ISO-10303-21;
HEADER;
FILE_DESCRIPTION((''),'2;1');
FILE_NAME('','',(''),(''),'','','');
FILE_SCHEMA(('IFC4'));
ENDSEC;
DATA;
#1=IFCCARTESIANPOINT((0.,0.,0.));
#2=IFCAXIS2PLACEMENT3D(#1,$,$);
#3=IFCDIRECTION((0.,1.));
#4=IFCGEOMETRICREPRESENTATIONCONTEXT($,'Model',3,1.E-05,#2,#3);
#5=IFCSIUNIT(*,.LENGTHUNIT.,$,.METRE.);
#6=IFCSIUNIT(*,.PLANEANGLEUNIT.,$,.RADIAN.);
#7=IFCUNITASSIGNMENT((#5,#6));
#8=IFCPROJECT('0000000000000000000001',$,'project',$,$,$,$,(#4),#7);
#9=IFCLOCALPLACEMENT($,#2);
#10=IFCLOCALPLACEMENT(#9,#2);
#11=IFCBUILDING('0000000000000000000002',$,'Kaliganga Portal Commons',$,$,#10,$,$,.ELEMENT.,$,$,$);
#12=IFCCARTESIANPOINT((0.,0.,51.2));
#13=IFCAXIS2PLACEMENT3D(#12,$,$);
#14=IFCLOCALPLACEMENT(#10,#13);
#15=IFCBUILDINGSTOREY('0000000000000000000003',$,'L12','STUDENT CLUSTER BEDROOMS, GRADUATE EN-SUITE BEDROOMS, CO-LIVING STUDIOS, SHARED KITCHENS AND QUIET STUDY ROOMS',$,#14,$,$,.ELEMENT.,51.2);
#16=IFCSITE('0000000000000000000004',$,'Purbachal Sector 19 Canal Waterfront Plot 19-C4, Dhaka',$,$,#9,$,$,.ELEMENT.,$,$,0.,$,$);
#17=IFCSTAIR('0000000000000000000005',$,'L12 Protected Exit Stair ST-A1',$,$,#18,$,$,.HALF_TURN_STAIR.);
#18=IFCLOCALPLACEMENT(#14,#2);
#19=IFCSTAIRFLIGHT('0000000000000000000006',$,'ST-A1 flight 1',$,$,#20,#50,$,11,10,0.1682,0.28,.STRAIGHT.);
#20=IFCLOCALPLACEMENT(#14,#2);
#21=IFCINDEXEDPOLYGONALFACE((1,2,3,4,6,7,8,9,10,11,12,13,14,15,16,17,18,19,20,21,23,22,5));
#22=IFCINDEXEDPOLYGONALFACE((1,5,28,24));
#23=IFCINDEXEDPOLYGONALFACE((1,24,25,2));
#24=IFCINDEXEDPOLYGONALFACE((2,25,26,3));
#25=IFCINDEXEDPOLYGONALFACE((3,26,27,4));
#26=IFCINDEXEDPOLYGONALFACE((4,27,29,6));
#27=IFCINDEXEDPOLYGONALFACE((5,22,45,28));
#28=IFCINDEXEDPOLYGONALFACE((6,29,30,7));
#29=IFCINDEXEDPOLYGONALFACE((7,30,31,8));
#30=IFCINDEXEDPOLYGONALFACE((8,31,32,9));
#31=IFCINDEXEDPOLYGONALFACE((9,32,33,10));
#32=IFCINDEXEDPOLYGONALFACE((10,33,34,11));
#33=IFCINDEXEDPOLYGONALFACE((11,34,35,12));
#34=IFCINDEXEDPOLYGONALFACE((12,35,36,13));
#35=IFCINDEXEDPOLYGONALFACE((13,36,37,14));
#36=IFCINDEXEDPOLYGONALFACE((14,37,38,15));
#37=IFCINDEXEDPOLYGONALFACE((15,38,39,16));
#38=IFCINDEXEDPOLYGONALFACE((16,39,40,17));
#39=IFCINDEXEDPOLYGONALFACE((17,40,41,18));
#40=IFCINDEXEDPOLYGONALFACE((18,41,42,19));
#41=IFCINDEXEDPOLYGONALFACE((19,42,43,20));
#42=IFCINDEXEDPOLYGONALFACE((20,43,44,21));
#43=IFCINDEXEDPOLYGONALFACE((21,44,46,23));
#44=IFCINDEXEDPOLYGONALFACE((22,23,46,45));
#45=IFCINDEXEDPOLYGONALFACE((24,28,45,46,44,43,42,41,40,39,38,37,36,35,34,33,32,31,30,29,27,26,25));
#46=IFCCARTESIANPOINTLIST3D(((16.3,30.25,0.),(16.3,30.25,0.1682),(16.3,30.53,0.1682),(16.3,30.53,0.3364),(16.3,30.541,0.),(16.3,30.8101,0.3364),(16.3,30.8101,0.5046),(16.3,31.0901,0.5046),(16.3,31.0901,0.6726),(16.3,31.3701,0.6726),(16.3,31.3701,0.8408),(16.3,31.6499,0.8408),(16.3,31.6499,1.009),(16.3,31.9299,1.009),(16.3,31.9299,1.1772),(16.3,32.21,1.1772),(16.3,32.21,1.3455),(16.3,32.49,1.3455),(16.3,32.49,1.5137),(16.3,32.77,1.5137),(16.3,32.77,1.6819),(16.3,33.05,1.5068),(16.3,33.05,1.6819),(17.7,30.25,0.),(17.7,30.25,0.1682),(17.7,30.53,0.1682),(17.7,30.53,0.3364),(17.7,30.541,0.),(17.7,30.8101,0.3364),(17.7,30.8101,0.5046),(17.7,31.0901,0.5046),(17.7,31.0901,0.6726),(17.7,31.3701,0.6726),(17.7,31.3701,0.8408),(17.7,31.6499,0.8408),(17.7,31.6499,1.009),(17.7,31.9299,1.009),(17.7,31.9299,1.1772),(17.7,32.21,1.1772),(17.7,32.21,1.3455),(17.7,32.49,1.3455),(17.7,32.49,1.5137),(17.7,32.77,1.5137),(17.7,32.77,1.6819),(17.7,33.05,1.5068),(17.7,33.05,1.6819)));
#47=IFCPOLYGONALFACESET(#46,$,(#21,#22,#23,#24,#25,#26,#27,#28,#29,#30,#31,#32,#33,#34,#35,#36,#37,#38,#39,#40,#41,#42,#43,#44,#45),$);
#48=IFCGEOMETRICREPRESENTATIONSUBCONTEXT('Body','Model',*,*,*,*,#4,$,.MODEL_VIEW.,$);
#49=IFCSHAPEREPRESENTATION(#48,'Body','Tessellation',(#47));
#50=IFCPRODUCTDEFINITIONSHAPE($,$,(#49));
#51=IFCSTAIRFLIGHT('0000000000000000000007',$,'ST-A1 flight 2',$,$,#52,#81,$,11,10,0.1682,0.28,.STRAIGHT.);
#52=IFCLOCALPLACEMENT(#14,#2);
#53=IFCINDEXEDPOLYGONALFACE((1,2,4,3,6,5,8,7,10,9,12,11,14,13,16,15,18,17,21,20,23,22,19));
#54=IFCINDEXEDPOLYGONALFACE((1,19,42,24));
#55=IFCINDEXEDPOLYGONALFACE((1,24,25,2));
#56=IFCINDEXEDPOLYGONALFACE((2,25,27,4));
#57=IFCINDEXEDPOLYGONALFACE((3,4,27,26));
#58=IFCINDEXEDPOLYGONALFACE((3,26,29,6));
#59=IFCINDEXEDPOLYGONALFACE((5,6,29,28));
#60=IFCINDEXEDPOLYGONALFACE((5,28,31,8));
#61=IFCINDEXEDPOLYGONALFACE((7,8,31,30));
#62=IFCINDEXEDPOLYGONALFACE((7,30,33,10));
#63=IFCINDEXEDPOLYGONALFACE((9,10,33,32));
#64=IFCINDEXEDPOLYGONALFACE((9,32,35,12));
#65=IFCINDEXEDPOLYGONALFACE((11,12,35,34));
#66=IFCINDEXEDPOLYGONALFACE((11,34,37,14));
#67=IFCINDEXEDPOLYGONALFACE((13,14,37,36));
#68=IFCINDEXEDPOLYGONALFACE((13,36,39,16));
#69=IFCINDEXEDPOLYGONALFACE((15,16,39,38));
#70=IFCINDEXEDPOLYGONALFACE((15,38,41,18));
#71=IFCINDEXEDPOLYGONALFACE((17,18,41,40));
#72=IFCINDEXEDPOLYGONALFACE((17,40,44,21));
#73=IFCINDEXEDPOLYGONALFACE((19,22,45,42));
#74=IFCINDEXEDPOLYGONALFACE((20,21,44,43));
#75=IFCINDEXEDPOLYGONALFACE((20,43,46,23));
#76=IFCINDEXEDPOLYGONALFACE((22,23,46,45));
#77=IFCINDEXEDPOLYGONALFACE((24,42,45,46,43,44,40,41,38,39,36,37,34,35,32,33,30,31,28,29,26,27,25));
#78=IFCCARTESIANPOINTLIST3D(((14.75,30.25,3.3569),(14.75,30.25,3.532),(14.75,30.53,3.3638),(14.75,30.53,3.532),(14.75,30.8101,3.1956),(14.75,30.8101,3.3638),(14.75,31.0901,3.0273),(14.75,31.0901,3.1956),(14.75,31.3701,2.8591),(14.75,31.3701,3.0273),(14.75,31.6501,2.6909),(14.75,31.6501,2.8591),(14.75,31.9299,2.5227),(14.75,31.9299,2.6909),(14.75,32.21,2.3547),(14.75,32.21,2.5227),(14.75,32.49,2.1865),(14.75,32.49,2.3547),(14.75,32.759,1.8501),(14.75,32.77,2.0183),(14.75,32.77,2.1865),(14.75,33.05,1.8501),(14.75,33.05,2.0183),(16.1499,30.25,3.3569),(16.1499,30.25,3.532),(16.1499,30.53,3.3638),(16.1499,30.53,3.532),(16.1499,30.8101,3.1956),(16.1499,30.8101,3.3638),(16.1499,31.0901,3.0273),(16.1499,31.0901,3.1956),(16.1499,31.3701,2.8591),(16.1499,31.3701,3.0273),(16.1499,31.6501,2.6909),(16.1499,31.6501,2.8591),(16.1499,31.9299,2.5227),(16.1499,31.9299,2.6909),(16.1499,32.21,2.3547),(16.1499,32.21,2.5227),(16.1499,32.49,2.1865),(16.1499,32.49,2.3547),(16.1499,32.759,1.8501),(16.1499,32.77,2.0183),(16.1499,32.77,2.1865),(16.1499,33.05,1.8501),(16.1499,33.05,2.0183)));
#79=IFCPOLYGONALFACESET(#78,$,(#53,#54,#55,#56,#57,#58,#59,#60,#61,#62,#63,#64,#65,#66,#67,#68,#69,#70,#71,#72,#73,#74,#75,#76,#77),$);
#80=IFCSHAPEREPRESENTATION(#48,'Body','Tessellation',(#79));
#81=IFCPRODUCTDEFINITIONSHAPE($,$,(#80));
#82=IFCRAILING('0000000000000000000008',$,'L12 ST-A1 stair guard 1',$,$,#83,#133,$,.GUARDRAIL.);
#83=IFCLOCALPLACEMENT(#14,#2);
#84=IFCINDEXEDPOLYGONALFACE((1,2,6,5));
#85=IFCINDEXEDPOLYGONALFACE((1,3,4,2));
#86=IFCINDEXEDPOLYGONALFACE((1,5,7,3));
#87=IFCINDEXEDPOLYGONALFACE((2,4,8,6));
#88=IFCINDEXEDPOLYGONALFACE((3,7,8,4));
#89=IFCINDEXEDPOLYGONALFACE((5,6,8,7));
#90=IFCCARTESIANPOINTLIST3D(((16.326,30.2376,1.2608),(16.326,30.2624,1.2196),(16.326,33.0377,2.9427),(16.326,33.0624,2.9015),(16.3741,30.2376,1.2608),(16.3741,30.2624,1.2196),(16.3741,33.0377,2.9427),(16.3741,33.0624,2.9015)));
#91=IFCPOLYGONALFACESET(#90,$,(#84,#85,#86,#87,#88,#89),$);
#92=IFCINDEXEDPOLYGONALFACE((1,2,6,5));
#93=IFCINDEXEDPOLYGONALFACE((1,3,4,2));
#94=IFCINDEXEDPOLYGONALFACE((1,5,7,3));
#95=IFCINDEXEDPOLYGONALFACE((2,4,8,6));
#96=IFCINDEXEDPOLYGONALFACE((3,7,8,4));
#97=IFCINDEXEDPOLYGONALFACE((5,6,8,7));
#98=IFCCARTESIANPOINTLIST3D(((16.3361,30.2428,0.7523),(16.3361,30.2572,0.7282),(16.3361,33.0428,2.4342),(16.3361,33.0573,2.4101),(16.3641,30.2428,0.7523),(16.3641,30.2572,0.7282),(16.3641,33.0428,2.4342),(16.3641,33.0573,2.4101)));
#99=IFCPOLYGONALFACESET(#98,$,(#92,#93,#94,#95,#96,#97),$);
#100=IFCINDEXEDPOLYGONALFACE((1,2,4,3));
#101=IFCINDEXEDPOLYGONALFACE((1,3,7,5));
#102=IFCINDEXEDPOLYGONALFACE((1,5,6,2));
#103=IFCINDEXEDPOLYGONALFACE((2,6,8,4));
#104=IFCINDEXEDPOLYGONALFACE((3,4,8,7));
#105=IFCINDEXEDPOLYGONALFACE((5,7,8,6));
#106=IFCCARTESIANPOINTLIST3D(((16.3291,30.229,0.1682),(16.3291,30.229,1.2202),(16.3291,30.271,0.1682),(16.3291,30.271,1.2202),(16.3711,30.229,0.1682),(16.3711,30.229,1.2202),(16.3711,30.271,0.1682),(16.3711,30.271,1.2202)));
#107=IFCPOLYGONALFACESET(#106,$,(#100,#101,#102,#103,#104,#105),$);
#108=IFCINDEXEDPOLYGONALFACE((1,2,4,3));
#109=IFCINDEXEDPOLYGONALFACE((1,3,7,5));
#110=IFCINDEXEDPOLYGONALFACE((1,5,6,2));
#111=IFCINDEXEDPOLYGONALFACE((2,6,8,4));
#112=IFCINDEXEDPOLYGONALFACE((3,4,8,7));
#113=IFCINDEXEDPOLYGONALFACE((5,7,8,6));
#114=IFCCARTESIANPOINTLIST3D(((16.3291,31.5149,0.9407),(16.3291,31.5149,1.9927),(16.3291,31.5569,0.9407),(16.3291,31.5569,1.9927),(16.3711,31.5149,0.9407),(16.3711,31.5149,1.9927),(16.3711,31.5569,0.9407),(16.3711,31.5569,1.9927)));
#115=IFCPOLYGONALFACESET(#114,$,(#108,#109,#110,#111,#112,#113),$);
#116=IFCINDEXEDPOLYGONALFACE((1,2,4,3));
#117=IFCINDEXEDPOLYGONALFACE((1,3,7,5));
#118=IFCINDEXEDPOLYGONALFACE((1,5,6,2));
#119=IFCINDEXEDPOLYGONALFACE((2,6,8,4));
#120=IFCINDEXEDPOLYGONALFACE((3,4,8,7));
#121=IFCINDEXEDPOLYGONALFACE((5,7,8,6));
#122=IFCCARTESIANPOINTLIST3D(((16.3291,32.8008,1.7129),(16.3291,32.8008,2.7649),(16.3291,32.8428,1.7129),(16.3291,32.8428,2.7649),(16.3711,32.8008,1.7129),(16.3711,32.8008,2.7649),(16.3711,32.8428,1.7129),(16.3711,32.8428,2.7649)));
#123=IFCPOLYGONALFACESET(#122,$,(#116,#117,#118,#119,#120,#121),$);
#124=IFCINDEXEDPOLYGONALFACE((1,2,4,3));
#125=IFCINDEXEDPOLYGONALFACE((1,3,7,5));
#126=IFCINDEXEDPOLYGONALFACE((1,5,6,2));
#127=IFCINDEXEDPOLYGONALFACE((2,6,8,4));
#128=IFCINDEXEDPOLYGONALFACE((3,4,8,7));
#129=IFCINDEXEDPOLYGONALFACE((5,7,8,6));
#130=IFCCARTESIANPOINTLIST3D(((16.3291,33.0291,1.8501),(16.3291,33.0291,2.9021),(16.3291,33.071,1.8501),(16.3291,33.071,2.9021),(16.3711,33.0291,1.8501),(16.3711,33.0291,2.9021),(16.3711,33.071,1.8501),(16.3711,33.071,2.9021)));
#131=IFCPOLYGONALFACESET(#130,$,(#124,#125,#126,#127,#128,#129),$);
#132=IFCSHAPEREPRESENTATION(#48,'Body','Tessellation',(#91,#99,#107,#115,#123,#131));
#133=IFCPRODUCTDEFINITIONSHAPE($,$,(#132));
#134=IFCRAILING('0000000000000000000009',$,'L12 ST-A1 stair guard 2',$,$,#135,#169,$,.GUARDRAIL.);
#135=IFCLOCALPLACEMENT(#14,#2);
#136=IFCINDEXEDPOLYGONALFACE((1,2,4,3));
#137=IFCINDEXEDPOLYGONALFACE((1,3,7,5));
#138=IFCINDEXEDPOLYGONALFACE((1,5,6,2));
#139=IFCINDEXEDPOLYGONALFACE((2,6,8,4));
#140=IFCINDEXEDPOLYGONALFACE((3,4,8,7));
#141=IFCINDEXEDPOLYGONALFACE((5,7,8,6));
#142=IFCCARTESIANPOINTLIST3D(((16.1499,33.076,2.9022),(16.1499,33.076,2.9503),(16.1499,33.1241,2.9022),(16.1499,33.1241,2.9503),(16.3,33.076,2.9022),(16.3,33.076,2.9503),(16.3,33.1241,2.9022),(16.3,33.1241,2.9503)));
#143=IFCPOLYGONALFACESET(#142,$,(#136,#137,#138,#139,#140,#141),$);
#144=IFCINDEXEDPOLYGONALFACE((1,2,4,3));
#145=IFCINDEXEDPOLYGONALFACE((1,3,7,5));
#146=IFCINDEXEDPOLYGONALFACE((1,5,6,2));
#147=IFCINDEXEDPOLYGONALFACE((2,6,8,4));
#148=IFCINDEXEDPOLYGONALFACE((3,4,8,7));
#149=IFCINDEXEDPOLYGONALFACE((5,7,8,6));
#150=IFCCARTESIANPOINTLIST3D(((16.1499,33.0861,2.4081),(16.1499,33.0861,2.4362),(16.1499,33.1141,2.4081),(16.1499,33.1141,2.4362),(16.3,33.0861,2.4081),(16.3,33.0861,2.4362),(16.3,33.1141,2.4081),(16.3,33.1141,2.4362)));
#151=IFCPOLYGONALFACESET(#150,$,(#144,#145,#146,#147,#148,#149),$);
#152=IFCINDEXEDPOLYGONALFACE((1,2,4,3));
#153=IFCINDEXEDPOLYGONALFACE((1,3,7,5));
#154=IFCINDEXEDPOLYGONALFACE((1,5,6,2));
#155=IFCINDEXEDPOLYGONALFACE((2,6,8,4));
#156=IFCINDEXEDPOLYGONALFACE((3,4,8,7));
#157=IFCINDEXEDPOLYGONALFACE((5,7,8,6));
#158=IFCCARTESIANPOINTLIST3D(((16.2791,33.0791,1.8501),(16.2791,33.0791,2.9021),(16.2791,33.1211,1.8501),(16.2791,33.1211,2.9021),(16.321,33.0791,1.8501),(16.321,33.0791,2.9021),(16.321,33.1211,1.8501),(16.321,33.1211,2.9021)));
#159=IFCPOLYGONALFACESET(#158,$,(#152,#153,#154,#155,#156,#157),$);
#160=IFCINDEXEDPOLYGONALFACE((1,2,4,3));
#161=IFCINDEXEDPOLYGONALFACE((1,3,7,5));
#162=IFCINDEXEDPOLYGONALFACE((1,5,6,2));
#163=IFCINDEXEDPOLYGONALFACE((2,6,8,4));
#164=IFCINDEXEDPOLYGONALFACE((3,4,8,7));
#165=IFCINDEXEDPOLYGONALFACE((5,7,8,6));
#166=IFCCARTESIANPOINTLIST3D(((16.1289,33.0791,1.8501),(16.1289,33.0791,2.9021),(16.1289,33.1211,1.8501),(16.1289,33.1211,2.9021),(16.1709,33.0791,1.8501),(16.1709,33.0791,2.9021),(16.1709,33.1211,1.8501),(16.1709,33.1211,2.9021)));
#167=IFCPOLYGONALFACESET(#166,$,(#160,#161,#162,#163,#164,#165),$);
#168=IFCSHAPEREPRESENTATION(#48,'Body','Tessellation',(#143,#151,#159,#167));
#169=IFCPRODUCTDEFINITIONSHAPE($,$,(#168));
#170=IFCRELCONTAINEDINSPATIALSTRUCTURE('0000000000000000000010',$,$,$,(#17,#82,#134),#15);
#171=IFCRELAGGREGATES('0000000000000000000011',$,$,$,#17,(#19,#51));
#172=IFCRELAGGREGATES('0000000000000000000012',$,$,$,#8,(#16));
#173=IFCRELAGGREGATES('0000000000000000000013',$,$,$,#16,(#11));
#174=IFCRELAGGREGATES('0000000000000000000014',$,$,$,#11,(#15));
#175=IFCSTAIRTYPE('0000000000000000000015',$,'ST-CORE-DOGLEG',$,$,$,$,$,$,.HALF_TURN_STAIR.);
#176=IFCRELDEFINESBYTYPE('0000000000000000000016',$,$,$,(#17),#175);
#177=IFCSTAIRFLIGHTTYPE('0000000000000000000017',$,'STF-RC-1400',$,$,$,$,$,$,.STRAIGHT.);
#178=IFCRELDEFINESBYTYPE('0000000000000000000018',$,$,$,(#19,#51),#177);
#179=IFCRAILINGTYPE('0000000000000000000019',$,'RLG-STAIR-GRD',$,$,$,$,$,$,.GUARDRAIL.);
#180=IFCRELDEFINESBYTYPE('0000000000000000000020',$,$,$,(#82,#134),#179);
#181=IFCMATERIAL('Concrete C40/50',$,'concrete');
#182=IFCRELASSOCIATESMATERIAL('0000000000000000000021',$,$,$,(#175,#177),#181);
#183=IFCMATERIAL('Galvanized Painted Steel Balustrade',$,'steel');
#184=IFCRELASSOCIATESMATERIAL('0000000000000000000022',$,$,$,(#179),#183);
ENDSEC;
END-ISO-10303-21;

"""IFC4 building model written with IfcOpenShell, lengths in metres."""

from ifc_helpers import new_model, si_unit, direction, frame, origin, origin_2d, place, context, subcontext, project, spatial, polyline, rectangle, outline, extrude, material, type_object, element, aggregate, save


model = new_model("IFC4")

# Units and contexts
model_context = context("Model", 3, precision=1e-05, world=origin(), true_north=direction((0.0, 1.0)))
body_context = subcontext(model_context, "Body", "Model", "MODEL_VIEW")
ifc_project = project(units=[si_unit("LENGTHUNIT", "METRE"), si_unit("PLANEANGLEUNIT", "RADIAN")], contexts=[model_context])

# Site, building, storey
site_placement = place(None, origin())
site = spatial("IfcSite", under=ifc_project, at=site_placement, Name="Purbachal Sector 19 Canal Waterfront Plot 19-C4, Dhaka", CompositionType="ELEMENT", RefElevation=0.0)
building_placement = place(site_placement, origin())
building = spatial("IfcBuilding", under=site, at=building_placement, Name="Kaliganga Portal Commons", CompositionType="ELEMENT")
storey_placement = place(building_placement, frame((0.0, 0.0, 51.2)))
storey = spatial("IfcBuildingStorey", under=building, at=storey_placement, Name="L12", Description="STUDENT CLUSTER BEDROOMS, GRADUATE EN-SUITE BEDROOMS, CO-LIVING STUDIOS, SHARED KITCHENS AND QUIET STUDY ROOMS", CompositionType="ELEMENT", Elevation=51.2)

# Stair, stair flights
ifc_material_1 = material(Name="Concrete C40/50", Category="concrete")
stair_type = type_object("IfcStairType", Name="ST-CORE-DOGLEG", PredefinedType="HALF_TURN_STAIR", material=ifc_material_1)
stair_placement = place(storey_placement, origin())
stair = element("IfcStair", 1, at=stair_placement, inside=storey, type_object=stair_type, Name="L12 Protected Exit Stair ST-A1", PredefinedType="HALF_TURN_STAIR")
stair_flight_type = type_object("IfcStairFlightType", Name="STF-RC-1400", PredefinedType="STRAIGHT", material=ifc_material_1)
stair_flight_1_placement = place(storey_placement, frame((17.0, 30.25, 0.0), z_axis=(0.0, 0.0, 1.0), x_axis=(0.0, 1.0, 0.0)))
stair_flight_1 = element("IfcStairFlight", 2, at=stair_flight_1_placement, type_object=stair_flight_type, Name="ST-A1 flight 1", NumberOfRisers=11, NumberOfTreads=10, PredefinedType="STRAIGHT", RiserHeight=0.1682, TreadLength=0.28, context=body_context, shape_type="SweptSolid", body=[
    extrude(outline(polyline([(0.0, 0.0), (0.0, 0.1682), (0.28, 0.1682), (0.28, 0.3364), (0.5601, 0.3364), (0.5601, 0.5046), (0.8401, 0.5046), (0.8401, 0.6726), (1.1201, 0.6726), (1.1201, 0.8408), (1.3999, 0.8408), (1.3999, 1.009), (1.6799, 1.009), (1.6799, 1.1772), (1.96, 1.1772), (1.96, 1.3455), (2.24, 1.3455), (2.24, 1.5137), (2.52, 1.5137), (2.52, 1.6819), (2.8, 1.6819), (2.8, 1.8501), (2.8, 1.5068), (0.291, 0.0), (0.0, 0.0)])), frame((0.0, 0.7, 0.0), z_axis=(0.0, -1.0, 0.0), x_axis=(1.0, 0.0, 0.0)), (0.0, 0.0, 1.0), 1.3999),
])
stair_flight_2_placement = place(storey_placement, frame((15.45, 33.05, 1.8501), z_axis=(0.0, 0.0, 1.0), x_axis=(0.0, -1.0, 0.0)))
stair_flight_2 = element("IfcStairFlight", 3, at=stair_flight_2_placement, type_object=stair_flight_type, Name="ST-A1 flight 2", NumberOfRisers=11, NumberOfTreads=10, PredefinedType="STRAIGHT", RiserHeight=0.1682, TreadLength=0.28, context=body_context, shape_type="SweptSolid", body=[
    extrude(outline(polyline([(0.0, 0.0), (0.0, 0.1682), (0.28, 0.1682), (0.28, 0.3364), (0.5601, 0.3364), (0.5601, 0.5046), (0.8401, 0.5046), (0.8401, 0.6726), (1.1201, 0.6726), (1.1201, 0.8408), (1.3999, 0.8408), (1.3999, 1.009), (1.6799, 1.009), (1.6799, 1.1772), (1.96, 1.1772), (1.96, 1.3455), (2.24, 1.3455), (2.24, 1.5137), (2.52, 1.5137), (2.52, 1.6819), (2.8, 1.6819), (2.8, 1.8501), (2.8, 1.5068), (0.291, 0.0), (0.0, 0.0)])), frame((0.0, 0.7, 0.0), z_axis=(0.0, -1.0, 0.0), x_axis=(1.0, 0.0, 0.0)), (0.0, 0.0, 1.0), 1.3999),
])
aggregate(stair, [stair_flight_1, stair_flight_2])

# Railings
ifc_material_2 = material(Name="Galvanized Painted Steel Balustrade", Category="steel")
railing_type_1 = type_object("IfcRailingType", Name="RLG-STAIR-GRD", PredefinedType="GUARDRAIL", material=ifc_material_2)
railing_1_placement = place(storey_placement, frame((16.3501, 30.25, 0.1682)))
element("IfcRailing", 4, at=railing_1_placement, inside=storey, type_object=railing_type_1, Name="L12 ST-A1 stair guard 1", PredefinedType="GUARDRAIL", context=body_context, shape_type="SweptSolid", body=[
    extrude(rectangle(XDim=0.0481, YDim=0.0481, at=origin_2d()), frame((0.0, 0.0, 1.072), z_axis=(0.0, 0.857242, 0.514913), x_axis=(-1.0, 0.0, 0.0)), (0.0, 0.0, 1.0), 3.2664),
    extrude(rectangle(XDim=0.0281, YDim=0.0281, at=origin_2d()), frame((0.0, 0.0, 0.572), z_axis=(0.0, 0.857242, 0.514913), x_axis=(-1.0, 0.0, 0.0)), (0.0, 0.0, 1.0), 3.2664),
    extrude(rectangle(XDim=0.042, YDim=0.042, at=origin_2d()), origin(), (0.0, 0.0, 1.0), 1.052),
    extrude(rectangle(XDim=0.042, YDim=0.042, at=origin_2d()), frame((0.0, 1.2859, 0.7725)), (0.0, 0.0, 1.0), 1.052),
    extrude(rectangle(XDim=0.042, YDim=0.042, at=origin_2d()), frame((0.0, 2.5718, 1.5447)), (0.0, 0.0, 1.0), 1.052),
    extrude(rectangle(XDim=0.042, YDim=0.042, at=origin_2d()), frame((0.0, 2.8, 1.6819)), (0.0, 0.0, 1.0), 1.052),
])
railing_2_placement = place(storey_placement, frame((16.3, 33.1001, 1.8501)))
element("IfcRailing", 5, at=railing_2_placement, inside=storey, type_object=railing_type_1, Name="L12 ST-A1 stair guard 2", PredefinedType="GUARDRAIL", context=body_context, shape_type="SweptSolid", body=[
    extrude(rectangle(XDim=0.0481, YDim=0.0481, at=origin_2d()), frame((0.0, 0.0, 1.0762), z_axis=(-1.0, 0.0, 0.0), x_axis=(0.0, -1.0, 0.0)), (0.0, 0.0, 1.0), 0.1501),
    extrude(rectangle(XDim=0.0281, YDim=0.0281, at=origin_2d()), frame((0.0, 0.0, 0.572), z_axis=(-1.0, 0.0, 0.0), x_axis=(0.0, -1.0, 0.0)), (0.0, 0.0, 1.0), 0.1501),
    extrude(rectangle(XDim=0.042, YDim=0.042, at=origin_2d()), origin(), (0.0, 0.0, 1.0), 1.052),
    extrude(rectangle(XDim=0.042, YDim=0.042, at=origin_2d()), frame((-0.1501, 0.0, 0.0)), (0.0, 0.0, 1.0), 1.052),
])

save(model, "model.ifc")
